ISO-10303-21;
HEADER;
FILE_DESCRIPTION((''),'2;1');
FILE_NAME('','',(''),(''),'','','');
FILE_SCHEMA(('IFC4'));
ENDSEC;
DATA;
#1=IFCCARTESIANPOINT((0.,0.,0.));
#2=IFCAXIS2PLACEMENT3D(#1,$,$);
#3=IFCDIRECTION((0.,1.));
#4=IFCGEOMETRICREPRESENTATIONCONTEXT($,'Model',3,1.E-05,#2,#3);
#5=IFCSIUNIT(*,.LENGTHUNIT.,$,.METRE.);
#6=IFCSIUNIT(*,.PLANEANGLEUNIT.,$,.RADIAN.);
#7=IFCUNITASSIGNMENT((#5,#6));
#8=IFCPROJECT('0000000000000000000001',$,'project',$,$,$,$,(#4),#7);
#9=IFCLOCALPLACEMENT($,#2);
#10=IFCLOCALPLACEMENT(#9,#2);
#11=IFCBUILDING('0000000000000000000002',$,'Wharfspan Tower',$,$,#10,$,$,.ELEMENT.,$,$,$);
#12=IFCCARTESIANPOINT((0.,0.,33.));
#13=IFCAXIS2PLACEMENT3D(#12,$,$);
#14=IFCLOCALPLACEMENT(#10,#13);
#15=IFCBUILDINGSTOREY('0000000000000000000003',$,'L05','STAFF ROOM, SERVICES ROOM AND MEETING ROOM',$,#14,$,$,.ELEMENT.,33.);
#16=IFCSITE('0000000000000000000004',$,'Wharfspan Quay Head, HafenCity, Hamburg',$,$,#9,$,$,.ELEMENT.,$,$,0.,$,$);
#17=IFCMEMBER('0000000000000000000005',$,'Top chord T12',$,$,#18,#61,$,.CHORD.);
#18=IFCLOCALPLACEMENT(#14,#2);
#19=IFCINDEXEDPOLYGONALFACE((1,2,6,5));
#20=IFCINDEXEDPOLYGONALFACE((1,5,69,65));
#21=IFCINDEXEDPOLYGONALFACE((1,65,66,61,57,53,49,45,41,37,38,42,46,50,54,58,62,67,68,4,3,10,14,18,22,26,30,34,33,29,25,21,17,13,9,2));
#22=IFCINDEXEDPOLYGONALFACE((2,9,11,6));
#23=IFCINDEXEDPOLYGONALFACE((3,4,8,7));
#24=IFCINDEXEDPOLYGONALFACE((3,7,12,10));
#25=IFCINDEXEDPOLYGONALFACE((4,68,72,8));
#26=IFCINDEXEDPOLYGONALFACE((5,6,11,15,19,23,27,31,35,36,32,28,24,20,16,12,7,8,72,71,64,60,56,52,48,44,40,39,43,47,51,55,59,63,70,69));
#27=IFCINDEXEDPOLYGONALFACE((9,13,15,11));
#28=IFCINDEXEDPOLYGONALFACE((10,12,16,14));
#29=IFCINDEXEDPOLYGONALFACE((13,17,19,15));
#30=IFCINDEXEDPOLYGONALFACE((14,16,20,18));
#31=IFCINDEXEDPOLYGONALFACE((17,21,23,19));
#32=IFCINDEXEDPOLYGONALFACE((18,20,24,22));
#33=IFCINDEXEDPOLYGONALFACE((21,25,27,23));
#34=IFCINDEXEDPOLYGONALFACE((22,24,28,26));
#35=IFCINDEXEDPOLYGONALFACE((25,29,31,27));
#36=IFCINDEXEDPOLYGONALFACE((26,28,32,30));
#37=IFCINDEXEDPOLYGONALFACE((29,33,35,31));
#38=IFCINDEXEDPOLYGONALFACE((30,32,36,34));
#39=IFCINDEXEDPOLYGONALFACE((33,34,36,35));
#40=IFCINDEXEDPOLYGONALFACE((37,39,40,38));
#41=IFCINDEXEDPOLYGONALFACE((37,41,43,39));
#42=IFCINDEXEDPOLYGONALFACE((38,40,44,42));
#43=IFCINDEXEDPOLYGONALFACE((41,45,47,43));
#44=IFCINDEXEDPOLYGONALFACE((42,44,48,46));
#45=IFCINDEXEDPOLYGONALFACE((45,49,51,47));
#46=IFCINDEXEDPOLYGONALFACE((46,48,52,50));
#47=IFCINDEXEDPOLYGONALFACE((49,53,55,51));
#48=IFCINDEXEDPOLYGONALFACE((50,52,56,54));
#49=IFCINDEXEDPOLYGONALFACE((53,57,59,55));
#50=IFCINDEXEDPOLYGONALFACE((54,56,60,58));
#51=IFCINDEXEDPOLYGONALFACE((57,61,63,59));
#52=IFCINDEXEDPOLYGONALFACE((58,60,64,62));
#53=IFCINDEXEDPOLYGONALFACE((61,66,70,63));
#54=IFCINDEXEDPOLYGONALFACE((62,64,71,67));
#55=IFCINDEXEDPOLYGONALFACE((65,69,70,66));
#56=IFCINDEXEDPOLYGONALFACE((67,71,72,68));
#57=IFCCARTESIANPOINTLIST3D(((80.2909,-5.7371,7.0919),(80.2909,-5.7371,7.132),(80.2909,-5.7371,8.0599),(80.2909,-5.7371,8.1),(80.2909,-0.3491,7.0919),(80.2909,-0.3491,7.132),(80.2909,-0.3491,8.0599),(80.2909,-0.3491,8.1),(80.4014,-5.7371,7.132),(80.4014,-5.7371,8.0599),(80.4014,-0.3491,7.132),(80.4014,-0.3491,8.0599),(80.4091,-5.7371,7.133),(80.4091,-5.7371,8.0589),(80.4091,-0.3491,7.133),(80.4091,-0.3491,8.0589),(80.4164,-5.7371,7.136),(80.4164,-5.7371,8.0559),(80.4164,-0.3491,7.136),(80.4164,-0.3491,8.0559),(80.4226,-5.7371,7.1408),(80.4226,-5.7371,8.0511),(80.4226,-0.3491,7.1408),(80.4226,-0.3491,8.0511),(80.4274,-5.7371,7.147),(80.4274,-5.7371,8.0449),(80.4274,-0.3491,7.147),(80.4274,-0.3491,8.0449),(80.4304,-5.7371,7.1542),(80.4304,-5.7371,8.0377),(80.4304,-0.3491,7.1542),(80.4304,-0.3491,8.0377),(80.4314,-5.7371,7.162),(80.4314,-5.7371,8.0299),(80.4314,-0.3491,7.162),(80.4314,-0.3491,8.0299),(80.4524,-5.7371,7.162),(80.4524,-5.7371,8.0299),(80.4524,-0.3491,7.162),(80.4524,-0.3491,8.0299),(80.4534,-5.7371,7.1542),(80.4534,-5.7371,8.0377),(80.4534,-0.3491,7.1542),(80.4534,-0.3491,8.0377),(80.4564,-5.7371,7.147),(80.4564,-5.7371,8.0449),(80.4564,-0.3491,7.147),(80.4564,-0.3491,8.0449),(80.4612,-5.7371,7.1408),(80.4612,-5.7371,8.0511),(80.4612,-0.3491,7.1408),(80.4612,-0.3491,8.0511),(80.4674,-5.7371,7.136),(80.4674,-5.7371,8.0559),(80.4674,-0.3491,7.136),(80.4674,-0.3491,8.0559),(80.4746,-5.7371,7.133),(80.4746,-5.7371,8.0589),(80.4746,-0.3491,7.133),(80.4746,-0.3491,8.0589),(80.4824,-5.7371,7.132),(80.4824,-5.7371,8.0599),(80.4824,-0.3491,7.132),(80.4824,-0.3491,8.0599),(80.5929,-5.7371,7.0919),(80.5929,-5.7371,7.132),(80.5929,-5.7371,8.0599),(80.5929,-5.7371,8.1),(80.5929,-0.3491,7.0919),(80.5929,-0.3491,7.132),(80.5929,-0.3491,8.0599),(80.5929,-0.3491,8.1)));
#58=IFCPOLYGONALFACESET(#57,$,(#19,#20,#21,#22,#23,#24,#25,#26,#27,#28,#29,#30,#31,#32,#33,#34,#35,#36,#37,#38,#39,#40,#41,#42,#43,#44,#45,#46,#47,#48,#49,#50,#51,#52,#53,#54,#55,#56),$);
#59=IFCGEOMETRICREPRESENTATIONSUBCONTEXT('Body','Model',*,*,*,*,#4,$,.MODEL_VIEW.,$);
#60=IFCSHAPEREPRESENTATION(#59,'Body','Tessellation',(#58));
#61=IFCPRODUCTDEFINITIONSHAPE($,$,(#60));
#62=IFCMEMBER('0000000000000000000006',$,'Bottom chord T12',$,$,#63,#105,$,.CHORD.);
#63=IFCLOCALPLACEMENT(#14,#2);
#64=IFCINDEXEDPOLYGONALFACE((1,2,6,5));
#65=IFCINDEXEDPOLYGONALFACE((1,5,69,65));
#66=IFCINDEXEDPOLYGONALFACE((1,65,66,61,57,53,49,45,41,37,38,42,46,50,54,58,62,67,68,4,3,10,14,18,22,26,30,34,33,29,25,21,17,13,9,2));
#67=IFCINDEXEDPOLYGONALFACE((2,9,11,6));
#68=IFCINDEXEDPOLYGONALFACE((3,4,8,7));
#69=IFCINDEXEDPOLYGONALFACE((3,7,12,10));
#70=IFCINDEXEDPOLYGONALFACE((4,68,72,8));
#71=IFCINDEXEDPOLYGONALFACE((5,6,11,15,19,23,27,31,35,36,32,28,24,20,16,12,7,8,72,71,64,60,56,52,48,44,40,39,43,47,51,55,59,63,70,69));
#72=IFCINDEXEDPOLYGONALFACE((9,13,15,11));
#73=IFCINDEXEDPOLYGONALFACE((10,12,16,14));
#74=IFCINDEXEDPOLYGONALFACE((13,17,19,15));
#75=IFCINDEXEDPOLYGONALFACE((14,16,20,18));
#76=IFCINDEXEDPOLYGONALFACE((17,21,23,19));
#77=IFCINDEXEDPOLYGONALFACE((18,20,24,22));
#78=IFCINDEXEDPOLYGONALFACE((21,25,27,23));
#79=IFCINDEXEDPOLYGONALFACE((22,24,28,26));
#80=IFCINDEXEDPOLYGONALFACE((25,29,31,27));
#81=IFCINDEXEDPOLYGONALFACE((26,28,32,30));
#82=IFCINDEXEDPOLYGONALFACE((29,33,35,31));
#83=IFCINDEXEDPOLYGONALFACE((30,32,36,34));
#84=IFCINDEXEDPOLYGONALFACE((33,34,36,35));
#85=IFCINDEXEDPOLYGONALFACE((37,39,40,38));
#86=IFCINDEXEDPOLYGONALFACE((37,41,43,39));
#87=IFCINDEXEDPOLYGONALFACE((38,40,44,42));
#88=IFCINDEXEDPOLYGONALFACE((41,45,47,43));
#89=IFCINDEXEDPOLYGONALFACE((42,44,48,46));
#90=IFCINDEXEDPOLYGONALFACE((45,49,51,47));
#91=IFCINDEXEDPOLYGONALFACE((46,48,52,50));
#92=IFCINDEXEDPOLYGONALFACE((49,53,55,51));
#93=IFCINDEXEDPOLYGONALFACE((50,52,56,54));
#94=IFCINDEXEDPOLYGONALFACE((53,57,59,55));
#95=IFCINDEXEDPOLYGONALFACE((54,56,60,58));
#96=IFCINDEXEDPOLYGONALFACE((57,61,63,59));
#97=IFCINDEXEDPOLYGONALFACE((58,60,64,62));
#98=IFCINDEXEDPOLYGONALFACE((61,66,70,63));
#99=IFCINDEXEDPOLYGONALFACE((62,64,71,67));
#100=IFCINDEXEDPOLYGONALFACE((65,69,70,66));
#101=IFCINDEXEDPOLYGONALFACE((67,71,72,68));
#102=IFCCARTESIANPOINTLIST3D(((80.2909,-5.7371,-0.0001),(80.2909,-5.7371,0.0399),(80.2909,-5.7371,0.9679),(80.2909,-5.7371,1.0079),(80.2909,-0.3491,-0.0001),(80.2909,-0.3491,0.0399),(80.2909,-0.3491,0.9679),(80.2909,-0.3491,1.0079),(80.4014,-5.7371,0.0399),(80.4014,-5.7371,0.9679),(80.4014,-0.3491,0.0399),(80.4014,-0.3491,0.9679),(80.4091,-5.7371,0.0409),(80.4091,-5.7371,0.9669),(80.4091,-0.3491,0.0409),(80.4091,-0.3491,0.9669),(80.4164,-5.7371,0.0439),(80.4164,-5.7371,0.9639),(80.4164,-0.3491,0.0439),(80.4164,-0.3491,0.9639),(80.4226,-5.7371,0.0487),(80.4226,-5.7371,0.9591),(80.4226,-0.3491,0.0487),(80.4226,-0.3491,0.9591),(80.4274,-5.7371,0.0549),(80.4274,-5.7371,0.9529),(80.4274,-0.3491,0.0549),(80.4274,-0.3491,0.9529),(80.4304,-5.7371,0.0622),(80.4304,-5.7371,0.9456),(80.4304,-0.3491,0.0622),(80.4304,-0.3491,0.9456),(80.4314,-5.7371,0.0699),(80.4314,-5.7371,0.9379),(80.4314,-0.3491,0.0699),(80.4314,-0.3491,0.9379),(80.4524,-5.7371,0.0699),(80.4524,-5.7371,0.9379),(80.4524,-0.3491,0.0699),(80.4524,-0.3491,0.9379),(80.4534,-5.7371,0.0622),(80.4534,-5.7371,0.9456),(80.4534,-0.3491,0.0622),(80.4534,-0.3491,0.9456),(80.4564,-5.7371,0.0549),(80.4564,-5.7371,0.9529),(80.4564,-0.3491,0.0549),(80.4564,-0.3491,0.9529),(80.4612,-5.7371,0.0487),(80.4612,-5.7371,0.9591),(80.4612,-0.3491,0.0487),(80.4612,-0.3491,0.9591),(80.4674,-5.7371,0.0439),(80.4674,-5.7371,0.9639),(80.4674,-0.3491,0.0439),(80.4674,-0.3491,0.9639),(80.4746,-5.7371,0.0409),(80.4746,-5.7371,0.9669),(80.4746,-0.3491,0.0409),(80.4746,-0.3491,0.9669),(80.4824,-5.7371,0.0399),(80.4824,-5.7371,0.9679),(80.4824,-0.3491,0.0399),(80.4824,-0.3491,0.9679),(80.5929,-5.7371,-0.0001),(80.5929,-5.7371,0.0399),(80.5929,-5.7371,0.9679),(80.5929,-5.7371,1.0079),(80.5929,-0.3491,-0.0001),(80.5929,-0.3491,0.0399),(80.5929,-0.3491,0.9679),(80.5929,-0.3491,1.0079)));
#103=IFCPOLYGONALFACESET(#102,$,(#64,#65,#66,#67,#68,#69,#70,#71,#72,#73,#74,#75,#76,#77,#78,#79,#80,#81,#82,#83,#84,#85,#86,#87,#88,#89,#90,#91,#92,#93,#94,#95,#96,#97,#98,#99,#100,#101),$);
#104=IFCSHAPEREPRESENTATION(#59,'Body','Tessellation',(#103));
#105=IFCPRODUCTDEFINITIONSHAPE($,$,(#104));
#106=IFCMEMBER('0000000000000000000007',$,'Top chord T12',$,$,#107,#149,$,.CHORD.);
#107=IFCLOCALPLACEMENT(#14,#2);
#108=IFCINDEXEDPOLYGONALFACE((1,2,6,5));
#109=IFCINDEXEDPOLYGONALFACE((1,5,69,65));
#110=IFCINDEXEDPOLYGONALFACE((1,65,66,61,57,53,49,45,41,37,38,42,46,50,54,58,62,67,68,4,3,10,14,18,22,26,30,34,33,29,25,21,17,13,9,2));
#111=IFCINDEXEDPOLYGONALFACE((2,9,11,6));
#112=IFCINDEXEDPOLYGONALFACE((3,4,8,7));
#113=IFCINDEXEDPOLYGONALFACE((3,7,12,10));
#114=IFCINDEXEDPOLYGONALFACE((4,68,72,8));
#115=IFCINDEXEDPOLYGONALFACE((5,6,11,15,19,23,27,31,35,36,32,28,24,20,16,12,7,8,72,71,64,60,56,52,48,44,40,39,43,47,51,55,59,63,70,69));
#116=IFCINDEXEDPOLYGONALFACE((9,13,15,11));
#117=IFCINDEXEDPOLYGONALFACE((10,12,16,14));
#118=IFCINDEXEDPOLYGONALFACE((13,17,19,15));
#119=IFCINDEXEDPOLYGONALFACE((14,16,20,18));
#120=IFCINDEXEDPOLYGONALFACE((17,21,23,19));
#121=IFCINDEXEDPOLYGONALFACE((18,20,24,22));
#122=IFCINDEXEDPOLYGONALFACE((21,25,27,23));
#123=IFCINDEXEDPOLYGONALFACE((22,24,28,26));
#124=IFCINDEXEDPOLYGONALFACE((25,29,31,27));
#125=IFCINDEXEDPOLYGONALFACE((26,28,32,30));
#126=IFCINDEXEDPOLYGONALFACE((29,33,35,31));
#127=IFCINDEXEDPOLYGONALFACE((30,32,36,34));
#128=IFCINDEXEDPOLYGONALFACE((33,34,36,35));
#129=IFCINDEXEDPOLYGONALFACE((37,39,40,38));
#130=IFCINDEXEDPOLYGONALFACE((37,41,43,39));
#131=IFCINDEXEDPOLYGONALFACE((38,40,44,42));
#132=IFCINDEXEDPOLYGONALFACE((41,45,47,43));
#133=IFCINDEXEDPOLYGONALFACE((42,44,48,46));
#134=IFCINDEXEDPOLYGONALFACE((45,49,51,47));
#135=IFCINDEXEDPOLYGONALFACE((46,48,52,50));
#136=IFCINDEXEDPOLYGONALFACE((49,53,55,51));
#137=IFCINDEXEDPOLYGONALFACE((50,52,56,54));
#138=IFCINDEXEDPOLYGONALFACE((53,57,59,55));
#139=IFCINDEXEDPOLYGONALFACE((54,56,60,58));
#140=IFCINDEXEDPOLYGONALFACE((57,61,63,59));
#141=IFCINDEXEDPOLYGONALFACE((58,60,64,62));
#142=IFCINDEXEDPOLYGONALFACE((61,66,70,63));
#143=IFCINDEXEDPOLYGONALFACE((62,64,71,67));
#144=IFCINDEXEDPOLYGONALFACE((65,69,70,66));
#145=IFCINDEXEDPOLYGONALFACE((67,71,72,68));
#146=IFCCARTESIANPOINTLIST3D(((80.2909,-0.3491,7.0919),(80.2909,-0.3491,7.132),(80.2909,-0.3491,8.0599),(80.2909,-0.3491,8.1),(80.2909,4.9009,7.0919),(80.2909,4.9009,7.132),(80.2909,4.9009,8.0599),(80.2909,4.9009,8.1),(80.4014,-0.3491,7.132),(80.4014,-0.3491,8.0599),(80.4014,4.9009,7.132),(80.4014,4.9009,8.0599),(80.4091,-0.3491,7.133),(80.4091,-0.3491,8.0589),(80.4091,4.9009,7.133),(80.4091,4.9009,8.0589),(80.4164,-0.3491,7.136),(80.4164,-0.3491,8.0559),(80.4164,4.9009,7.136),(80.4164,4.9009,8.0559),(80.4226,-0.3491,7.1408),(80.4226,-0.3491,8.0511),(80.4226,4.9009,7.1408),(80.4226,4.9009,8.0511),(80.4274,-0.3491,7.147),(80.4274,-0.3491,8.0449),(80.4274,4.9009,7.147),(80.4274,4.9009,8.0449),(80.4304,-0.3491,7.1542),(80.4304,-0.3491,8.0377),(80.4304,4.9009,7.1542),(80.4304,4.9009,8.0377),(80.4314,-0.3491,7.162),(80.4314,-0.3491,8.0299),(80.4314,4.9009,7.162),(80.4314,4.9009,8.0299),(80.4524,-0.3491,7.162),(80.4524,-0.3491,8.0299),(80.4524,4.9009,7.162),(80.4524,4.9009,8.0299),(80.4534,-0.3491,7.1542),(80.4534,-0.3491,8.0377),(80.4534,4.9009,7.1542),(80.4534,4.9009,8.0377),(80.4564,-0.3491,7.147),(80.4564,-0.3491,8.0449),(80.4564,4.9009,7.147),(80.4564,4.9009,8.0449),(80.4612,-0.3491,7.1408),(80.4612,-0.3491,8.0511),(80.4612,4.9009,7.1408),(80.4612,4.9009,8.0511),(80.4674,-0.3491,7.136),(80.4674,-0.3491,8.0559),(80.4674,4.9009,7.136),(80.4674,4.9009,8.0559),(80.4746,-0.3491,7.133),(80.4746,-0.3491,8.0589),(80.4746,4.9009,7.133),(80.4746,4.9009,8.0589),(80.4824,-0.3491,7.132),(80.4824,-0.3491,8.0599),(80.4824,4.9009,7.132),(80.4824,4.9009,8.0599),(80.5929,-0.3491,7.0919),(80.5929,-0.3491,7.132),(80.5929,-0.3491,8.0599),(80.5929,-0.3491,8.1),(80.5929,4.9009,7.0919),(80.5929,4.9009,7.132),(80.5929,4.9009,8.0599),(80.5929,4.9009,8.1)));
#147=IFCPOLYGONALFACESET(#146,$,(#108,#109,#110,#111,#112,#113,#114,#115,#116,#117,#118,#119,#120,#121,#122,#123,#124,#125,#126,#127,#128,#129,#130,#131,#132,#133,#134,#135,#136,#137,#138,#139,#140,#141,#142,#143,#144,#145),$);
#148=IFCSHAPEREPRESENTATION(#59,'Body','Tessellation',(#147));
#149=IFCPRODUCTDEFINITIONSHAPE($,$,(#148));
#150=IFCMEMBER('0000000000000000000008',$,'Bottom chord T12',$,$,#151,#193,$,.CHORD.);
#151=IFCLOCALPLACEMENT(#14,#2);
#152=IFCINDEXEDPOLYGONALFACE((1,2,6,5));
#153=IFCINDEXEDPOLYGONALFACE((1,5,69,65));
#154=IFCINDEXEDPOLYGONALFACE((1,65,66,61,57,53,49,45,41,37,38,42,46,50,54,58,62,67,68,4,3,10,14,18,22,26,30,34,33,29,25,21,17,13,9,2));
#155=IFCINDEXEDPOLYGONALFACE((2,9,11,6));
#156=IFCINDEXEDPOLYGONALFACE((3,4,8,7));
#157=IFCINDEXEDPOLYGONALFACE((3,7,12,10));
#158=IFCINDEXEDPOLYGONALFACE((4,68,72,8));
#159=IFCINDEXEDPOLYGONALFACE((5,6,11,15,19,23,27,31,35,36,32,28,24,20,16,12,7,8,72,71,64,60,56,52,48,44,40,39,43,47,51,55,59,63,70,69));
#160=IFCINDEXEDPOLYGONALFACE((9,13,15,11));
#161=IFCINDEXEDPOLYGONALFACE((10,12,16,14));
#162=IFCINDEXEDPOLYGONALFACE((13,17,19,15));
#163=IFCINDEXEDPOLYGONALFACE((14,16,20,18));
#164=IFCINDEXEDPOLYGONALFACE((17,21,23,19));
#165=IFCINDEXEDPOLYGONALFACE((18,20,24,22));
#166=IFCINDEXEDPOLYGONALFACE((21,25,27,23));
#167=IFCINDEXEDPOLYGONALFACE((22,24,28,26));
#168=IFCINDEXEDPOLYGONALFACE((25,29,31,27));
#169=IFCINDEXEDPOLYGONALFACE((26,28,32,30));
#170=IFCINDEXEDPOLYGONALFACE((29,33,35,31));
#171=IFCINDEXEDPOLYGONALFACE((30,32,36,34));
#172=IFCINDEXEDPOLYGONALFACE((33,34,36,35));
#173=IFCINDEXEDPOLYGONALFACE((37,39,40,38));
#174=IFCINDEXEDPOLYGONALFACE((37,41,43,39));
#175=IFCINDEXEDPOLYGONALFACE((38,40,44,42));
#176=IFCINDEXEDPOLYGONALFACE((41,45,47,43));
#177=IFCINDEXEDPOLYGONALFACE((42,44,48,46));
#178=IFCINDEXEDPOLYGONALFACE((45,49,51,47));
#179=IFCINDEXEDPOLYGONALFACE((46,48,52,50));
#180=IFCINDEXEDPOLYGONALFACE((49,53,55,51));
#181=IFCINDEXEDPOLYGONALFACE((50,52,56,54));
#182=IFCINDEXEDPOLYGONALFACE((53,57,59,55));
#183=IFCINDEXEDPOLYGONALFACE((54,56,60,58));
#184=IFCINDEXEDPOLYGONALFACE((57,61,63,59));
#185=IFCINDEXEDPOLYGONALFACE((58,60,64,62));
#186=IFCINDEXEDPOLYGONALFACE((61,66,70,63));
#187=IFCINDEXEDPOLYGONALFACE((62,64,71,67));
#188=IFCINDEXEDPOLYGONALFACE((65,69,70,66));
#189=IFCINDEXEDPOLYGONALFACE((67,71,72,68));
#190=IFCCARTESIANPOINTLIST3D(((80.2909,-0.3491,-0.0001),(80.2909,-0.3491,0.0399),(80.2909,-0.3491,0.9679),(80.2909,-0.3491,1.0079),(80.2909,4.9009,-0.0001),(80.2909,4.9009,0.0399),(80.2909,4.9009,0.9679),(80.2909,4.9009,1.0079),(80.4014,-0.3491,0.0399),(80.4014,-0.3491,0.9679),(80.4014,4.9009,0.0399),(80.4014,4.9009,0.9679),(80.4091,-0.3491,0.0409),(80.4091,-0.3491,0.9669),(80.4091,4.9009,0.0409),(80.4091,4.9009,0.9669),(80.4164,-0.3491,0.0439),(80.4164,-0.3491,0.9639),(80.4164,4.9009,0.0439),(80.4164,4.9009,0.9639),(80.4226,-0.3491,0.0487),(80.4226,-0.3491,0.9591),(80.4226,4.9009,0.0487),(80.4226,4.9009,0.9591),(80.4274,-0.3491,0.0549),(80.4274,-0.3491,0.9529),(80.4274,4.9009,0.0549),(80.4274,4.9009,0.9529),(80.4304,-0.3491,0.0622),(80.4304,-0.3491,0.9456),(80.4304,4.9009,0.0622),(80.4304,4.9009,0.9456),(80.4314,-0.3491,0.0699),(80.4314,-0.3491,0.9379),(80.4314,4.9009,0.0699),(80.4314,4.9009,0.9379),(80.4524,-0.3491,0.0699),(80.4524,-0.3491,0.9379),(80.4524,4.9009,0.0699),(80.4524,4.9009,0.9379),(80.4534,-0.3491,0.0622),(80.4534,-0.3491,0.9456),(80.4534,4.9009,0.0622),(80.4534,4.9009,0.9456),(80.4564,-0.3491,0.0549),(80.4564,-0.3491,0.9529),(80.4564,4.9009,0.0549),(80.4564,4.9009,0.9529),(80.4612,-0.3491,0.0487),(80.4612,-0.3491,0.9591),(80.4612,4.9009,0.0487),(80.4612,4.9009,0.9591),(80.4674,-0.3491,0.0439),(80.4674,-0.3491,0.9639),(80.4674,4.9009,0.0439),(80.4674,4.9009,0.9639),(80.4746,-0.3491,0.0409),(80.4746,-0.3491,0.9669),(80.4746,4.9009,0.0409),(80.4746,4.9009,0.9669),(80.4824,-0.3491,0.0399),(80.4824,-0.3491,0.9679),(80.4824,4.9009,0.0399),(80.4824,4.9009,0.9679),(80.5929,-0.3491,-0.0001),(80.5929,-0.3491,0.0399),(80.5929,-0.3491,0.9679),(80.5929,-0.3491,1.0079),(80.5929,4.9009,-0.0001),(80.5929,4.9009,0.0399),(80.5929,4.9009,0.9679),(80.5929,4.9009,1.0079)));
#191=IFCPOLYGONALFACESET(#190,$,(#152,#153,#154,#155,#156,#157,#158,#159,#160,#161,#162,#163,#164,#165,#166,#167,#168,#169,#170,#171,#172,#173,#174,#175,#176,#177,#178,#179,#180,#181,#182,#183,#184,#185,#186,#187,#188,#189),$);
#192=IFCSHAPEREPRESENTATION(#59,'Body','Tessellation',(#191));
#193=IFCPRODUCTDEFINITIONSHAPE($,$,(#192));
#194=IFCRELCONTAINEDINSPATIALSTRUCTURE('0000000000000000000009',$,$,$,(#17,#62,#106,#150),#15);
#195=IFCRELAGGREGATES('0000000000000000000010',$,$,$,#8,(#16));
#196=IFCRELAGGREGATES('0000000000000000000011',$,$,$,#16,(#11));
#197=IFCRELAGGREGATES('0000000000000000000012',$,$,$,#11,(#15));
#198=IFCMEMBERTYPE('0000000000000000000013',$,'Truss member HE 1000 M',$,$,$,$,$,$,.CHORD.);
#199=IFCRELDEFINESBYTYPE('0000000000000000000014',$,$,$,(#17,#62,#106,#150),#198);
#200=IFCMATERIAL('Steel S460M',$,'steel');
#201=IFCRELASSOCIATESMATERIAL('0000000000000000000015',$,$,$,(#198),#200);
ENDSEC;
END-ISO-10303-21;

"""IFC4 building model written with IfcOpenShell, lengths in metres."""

from ifc_helpers import new_model, si_unit, direction, frame, origin, origin_2d, place, context, subcontext, project, spatial, i_section, extrude, material, material_profile, profile_set, type_object, element, save


model = new_model("IFC4")

# Units and contexts
model_context = context("Model", 3, precision=1e-05, world=origin(), true_north=direction((0.0, 1.0)))
body_context = subcontext(model_context, "Body", "Model", "MODEL_VIEW")
ifc_project = project(units=[si_unit("LENGTHUNIT", "METRE"), si_unit("PLANEANGLEUNIT", "RADIAN")], contexts=[model_context])

# Site, building, storey
site_placement = place(None, origin())
site = spatial("IfcSite", under=ifc_project, at=site_placement, Name="Wharfspan Quay Head, HafenCity, Hamburg", CompositionType="ELEMENT", RefElevation=0.0)
building_placement = place(site_placement, origin())
building = spatial("IfcBuilding", under=site, at=building_placement, Name="Wharfspan Tower", CompositionType="ELEMENT")
storey_placement = place(building_placement, frame((0.0, 0.0, 33.0)))
storey = spatial("IfcBuildingStorey", under=building, at=storey_placement, Name="L05", Description="STAFF ROOM, SERVICES ROOM AND MEETING ROOM", CompositionType="ELEMENT", Elevation=33.0)

# Shared definitions
ifc_material_1 = material(Name="Steel S460M", Category="steel")

# Members
ifc_material_profile_1 = material_profile(ifc_material_1, i_section(OverallWidth=0.302, OverallDepth=1.0081, WebThickness=0.021, FlangeThickness=0.04, FilletRadius=0.03, at=origin_2d()))
ifc_profile_set_1 = profile_set([ifc_material_profile_1], Name="Steel S460M")
member_type_1 = type_object("IfcMemberType", Name="Truss member HE 1000 M", PredefinedType="CHORD", material=ifc_profile_set_1)
for number, where, z_axis, x_axis, name in (
    (1, (80.4419, -5.7371, 7.5959), (0.0, 1.0, 0.0), (-1.0, 0.0, 0.0), "Top chord T12"),
    (2, (80.4419, -5.7371, 0.5039), (0.0, 1.0, 0.0), (-1.0, 0.0, 0.0), "Bottom chord T12"),
):
    element("IfcMember", number, at=place(storey_placement, frame(where, z_axis=z_axis, x_axis=x_axis)), inside=storey, type_object=member_type_1, Name=name, PredefinedType="CHORD", context=body_context, shape_type="SweptSolid", body=[
        extrude(i_section(OverallWidth=0.302, OverallDepth=1.0081, WebThickness=0.021, FlangeThickness=0.04, FilletRadius=0.03, at=origin_2d()), origin(), (0.0, 0.0, 1.0), 5.3879),
    ])
for number, where, z_axis, x_axis, name in (
    (3, (80.4419, -0.3491, 7.5959), (0.0, 1.0, 0.0), (-1.0, 0.0, 0.0), "Top chord T12"),
    (4, (80.4419, -0.3491, 0.5039), (0.0, 1.0, 0.0), (-1.0, 0.0, 0.0), "Bottom chord T12"),
):
    element("IfcMember", number, at=place(storey_placement, frame(where, z_axis=z_axis, x_axis=x_axis)), inside=storey, type_object=member_type_1, Name=name, PredefinedType="CHORD", context=body_context, shape_type="SweptSolid", body=[
        extrude(i_section(OverallWidth=0.302, OverallDepth=1.0081, WebThickness=0.021, FlangeThickness=0.04, FilletRadius=0.03, at=origin_2d()), origin(), (0.0, 0.0, 1.0), 5.25),
    ])

save(model, "model.ifc")
